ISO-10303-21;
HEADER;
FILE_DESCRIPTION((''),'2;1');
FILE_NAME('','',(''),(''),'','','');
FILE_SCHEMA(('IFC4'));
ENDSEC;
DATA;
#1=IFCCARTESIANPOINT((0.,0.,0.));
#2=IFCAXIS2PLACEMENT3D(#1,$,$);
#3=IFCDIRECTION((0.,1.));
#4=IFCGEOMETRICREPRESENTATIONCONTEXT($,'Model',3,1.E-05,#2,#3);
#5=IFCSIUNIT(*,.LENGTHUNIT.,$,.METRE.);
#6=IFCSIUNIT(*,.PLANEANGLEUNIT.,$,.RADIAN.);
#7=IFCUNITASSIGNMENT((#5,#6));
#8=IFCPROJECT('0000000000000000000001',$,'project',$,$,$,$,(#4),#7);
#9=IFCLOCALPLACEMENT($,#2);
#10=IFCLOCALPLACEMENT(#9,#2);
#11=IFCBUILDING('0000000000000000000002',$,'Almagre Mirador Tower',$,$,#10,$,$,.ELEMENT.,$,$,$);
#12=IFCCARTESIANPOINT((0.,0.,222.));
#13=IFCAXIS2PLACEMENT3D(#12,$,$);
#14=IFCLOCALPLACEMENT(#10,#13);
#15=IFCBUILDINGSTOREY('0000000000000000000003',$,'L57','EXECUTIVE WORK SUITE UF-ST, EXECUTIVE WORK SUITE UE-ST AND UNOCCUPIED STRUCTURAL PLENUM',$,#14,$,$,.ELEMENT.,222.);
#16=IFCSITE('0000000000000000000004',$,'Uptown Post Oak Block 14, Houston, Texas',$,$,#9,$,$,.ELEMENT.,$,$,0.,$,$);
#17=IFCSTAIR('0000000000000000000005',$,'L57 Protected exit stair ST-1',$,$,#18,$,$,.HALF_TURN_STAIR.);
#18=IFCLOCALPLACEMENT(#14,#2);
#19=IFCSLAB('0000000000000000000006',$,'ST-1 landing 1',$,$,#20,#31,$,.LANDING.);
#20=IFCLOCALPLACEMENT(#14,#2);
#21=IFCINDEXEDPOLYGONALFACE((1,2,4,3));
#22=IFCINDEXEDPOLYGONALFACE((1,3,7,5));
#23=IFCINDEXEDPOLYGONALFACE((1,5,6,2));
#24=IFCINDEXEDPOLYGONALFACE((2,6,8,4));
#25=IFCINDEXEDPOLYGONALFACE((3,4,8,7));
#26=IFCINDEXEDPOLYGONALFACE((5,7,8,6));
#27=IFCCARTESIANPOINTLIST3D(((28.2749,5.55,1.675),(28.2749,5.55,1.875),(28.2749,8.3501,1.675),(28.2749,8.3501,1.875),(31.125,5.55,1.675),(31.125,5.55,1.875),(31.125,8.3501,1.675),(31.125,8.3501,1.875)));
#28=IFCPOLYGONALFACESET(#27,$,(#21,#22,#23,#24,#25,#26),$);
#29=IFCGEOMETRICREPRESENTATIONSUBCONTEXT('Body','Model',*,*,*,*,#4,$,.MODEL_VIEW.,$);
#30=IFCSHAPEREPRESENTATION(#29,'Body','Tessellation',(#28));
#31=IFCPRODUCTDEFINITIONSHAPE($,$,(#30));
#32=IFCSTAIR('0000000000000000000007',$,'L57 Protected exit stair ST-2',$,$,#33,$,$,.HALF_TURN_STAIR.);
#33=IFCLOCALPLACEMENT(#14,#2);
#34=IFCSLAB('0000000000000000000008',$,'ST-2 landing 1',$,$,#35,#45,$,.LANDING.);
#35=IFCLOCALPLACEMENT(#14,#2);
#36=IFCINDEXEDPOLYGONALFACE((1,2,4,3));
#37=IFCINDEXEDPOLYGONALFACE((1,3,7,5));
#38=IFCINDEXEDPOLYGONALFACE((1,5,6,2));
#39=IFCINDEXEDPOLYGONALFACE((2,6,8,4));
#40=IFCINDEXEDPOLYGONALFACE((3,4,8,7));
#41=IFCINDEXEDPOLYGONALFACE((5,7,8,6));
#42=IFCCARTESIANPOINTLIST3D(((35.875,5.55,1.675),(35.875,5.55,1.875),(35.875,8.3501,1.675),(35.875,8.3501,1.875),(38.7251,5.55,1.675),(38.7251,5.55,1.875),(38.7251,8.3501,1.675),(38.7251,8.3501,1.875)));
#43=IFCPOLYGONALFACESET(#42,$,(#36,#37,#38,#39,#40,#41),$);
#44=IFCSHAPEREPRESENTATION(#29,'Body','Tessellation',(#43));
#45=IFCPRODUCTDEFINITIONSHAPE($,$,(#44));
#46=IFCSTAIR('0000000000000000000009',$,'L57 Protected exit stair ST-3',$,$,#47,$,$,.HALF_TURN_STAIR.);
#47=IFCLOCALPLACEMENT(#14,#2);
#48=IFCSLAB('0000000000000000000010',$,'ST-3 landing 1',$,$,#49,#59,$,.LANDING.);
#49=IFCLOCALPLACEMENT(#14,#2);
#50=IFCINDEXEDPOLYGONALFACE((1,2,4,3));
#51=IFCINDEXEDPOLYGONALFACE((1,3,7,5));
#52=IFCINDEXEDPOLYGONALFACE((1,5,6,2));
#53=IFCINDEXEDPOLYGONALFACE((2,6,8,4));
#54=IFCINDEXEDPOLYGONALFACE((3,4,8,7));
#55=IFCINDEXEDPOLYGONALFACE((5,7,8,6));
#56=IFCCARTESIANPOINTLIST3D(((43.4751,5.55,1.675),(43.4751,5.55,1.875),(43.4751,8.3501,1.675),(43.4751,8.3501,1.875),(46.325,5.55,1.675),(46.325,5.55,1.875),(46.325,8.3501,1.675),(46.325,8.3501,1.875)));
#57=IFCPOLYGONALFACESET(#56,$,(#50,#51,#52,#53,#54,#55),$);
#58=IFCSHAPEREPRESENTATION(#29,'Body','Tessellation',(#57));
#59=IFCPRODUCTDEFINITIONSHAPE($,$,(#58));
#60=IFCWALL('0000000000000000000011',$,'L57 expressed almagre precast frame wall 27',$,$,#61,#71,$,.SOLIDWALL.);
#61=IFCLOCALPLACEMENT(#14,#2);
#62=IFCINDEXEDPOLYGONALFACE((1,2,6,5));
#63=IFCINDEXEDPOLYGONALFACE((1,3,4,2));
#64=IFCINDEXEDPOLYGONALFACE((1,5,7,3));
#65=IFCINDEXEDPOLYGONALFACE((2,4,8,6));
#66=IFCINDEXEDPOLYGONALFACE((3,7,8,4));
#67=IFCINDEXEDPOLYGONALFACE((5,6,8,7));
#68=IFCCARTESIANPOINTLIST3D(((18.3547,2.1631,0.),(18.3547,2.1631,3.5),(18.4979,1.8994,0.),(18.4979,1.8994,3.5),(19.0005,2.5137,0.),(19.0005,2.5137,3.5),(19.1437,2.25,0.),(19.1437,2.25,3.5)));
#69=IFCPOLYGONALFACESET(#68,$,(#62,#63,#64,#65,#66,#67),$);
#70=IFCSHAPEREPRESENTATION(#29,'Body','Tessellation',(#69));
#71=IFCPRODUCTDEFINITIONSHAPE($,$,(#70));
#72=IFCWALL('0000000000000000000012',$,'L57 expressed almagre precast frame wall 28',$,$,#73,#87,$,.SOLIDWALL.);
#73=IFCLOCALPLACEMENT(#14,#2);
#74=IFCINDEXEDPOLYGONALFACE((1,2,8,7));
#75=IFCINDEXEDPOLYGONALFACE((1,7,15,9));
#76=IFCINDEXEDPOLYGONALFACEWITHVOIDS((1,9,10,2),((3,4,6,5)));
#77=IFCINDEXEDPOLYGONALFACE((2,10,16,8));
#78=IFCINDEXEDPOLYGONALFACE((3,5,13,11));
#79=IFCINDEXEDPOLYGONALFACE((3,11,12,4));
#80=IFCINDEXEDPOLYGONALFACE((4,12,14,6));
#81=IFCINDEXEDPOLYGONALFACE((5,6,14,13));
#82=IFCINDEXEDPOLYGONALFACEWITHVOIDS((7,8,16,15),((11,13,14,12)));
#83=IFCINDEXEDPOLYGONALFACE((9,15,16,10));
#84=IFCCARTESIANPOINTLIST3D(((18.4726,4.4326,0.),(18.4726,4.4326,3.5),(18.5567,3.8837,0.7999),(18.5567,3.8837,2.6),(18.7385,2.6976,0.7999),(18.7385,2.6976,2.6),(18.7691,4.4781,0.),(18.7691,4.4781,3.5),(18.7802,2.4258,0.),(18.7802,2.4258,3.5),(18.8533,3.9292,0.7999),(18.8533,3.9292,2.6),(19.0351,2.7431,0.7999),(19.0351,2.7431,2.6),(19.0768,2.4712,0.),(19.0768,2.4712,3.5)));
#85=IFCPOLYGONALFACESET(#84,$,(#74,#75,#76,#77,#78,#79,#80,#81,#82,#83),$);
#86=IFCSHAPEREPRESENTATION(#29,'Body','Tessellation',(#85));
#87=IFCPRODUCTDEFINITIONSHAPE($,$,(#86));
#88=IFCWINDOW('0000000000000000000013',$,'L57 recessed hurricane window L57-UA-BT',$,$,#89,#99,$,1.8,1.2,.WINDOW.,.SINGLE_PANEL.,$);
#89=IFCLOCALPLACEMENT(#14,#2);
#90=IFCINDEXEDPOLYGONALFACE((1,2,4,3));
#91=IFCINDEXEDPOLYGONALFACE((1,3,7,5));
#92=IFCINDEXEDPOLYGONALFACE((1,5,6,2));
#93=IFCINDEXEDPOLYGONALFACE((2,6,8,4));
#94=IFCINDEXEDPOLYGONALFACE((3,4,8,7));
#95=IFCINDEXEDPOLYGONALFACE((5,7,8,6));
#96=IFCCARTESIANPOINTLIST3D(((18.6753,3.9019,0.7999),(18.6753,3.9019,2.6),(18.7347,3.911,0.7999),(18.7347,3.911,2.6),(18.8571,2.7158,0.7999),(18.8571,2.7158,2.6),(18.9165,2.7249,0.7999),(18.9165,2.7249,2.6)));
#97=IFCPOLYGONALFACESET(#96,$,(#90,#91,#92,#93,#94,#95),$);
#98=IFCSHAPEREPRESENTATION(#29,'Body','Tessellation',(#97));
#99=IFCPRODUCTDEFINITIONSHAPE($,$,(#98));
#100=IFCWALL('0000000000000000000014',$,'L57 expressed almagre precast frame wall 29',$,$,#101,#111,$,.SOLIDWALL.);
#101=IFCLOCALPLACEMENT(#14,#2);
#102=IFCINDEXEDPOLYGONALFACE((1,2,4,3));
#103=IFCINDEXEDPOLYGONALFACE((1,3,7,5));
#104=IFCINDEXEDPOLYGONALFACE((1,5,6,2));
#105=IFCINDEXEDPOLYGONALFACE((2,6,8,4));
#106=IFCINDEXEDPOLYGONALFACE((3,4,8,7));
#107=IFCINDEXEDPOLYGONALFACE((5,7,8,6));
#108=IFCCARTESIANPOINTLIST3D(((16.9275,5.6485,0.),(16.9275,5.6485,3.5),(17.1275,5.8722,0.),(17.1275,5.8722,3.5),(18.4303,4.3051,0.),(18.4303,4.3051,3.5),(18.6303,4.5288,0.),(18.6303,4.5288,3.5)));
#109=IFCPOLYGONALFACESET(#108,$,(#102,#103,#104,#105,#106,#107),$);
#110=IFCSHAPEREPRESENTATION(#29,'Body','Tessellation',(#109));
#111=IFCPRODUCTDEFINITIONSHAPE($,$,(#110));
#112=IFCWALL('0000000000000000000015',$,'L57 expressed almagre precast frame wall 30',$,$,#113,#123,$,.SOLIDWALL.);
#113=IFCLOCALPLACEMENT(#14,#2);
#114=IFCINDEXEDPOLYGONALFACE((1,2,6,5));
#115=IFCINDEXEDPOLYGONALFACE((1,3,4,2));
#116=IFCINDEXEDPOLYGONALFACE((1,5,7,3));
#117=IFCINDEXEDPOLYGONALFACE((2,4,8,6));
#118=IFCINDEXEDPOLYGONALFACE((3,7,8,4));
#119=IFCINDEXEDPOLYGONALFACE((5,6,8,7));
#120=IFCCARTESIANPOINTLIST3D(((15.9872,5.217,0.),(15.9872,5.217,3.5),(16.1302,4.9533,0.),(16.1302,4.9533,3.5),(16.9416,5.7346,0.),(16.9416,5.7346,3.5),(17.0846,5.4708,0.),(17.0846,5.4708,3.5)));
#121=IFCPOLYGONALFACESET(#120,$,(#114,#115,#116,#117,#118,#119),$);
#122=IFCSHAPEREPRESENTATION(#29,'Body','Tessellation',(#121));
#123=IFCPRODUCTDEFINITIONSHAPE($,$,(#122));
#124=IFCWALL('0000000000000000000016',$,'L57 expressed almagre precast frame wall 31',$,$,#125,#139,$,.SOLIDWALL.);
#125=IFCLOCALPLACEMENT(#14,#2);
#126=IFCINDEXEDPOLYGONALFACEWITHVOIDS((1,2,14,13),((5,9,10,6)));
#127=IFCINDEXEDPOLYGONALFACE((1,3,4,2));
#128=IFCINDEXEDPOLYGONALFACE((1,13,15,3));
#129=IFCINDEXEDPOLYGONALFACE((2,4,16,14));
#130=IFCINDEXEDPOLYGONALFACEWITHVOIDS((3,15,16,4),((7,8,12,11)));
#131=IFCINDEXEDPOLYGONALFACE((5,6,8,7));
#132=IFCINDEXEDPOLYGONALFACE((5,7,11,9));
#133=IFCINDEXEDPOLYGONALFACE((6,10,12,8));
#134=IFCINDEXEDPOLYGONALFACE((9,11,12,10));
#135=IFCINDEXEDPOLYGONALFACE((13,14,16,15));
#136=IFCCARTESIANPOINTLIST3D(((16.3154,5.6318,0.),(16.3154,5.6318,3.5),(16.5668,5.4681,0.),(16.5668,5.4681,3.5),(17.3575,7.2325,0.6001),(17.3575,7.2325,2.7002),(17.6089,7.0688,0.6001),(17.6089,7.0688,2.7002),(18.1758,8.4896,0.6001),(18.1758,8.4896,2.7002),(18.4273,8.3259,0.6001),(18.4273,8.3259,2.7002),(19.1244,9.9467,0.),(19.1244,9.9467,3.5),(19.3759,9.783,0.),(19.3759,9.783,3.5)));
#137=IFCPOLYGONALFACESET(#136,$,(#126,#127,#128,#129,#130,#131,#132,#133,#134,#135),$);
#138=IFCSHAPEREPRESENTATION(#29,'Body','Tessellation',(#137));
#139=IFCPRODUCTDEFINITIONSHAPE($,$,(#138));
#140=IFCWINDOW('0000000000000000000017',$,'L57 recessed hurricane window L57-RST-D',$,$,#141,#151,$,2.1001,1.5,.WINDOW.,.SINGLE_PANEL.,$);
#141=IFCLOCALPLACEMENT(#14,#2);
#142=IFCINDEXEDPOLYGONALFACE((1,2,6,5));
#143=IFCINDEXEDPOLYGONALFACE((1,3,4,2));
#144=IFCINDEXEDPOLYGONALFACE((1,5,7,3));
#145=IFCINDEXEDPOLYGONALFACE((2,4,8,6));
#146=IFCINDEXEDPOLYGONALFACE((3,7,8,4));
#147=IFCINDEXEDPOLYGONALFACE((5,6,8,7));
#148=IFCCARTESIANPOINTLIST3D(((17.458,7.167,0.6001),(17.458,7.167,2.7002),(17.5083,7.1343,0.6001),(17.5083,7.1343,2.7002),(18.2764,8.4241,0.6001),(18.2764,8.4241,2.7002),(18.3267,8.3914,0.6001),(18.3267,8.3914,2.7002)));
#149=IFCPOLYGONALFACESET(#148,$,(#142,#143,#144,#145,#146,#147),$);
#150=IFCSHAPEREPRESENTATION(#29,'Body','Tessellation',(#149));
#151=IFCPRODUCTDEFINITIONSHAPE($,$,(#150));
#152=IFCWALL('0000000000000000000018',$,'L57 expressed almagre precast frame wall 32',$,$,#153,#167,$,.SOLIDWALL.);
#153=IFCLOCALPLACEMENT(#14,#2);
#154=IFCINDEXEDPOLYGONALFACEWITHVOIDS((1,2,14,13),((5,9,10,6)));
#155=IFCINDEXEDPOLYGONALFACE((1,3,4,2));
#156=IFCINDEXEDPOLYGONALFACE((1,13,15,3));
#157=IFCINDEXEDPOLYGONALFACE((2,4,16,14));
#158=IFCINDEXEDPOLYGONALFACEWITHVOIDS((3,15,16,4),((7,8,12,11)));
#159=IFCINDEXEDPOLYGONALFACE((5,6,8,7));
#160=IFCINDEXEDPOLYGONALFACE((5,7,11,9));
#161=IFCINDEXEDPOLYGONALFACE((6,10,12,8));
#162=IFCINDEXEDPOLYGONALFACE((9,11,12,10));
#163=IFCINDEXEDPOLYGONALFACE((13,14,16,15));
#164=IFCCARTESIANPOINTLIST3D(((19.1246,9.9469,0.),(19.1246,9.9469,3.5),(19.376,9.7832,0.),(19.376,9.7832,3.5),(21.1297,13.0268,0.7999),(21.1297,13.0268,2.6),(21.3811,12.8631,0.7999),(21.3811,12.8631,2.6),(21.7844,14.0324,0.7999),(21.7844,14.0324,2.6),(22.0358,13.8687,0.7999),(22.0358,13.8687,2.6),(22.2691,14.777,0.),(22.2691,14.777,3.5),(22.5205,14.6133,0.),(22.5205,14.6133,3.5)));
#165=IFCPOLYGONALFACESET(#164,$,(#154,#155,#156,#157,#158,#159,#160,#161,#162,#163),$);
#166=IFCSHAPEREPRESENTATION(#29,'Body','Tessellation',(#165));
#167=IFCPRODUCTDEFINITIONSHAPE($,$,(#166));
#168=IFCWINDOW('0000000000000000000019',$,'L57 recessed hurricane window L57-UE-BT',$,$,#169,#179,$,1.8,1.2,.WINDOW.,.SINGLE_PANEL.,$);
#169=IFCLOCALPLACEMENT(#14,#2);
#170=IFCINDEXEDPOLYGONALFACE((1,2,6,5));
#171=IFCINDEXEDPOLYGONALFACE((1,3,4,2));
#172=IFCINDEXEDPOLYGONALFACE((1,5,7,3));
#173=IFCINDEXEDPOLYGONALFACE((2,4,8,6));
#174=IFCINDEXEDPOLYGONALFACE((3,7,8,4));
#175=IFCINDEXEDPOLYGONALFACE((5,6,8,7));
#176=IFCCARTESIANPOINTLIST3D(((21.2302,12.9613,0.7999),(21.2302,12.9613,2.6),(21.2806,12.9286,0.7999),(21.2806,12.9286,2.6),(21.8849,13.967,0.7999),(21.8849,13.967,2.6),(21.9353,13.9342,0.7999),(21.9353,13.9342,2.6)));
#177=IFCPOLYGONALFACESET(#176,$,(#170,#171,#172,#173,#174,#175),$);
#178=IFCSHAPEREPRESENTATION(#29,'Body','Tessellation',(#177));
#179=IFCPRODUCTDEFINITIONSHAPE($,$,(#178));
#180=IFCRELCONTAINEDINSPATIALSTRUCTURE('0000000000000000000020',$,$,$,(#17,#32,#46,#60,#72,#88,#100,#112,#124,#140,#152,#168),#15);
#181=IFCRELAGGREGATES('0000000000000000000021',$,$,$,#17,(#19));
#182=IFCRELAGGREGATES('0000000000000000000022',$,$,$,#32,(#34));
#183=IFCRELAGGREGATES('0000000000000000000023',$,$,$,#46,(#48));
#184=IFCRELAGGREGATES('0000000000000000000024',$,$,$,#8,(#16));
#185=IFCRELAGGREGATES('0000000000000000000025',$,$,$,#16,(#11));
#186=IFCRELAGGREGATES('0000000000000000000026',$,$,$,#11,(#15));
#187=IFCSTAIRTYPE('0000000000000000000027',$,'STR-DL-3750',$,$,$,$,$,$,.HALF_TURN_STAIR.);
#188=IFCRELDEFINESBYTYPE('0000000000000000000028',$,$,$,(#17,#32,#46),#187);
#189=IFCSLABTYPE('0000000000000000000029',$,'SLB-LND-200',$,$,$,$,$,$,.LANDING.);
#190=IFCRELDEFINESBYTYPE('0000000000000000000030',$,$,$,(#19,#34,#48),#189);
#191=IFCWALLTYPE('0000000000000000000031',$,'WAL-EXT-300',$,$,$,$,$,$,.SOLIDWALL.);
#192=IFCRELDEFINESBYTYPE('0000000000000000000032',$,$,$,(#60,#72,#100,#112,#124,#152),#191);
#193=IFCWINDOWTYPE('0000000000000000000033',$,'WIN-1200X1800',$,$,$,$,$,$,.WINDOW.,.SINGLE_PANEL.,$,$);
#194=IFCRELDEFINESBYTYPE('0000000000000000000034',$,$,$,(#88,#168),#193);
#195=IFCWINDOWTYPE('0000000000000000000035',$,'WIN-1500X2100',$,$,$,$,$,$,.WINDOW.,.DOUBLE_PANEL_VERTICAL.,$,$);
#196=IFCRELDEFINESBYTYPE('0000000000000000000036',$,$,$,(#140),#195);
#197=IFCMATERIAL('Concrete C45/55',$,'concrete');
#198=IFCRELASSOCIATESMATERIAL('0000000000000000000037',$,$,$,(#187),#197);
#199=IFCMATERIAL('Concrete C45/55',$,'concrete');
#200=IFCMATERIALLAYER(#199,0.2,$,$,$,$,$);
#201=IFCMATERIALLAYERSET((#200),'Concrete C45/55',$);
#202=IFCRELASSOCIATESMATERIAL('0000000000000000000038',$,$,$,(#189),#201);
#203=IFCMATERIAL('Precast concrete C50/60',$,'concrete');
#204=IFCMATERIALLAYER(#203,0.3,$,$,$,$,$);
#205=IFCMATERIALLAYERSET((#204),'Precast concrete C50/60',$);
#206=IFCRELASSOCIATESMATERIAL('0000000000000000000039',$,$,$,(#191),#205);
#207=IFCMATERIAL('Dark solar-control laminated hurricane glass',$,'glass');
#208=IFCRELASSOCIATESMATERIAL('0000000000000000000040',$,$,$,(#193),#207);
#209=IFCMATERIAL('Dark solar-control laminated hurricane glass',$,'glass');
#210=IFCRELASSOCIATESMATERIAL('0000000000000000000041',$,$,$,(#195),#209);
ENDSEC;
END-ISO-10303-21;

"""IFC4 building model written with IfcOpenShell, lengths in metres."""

from ifc_helpers import new_model, si_unit, direction, frame, frame_2d, origin, place, context, subcontext, project, spatial, polyline, rectangle, outline, extrude, material, layer, layer_set, type_object, element, fill, aggregate, save


model = new_model("IFC4")

# Units and contexts
model_context = context("Model", 3, precision=1e-05, world=origin(), true_north=direction((0.0, 1.0)))
body_context = subcontext(model_context, "Body", "Model", "MODEL_VIEW")
ifc_project = project(units=[si_unit("LENGTHUNIT", "METRE"), si_unit("PLANEANGLEUNIT", "RADIAN")], contexts=[model_context])

# Site, building, storey
site_placement = place(None, origin())
site = spatial("IfcSite", under=ifc_project, at=site_placement, Name="Uptown Post Oak Block 14, Houston, Texas", CompositionType="ELEMENT", RefElevation=0.0)
building_placement = place(site_placement, origin())
building = spatial("IfcBuilding", under=site, at=building_placement, Name="Almagre Mirador Tower", CompositionType="ELEMENT")
storey_placement = place(building_placement, frame((0.0, 0.0, 222.0)))
storey = spatial("IfcBuildingStorey", under=building, at=storey_placement, Name="L57", Description="EXECUTIVE WORK SUITE UF-ST, EXECUTIVE WORK SUITE UE-ST AND UNOCCUPIED STRUCTURAL PLENUM", CompositionType="ELEMENT", Elevation=222.0)

# Stairs, slabs
ifc_material_1 = material(Name="Concrete C45/55", Category="concrete")
stair_type = type_object("IfcStairType", Name="STR-DL-3750", PredefinedType="HALF_TURN_STAIR", material=ifc_material_1)
stair_1_placement = place(storey_placement, origin())
stair_1 = element("IfcStair", 1, at=stair_1_placement, inside=storey, type_object=stair_type, Name="L57 Protected exit stair ST-1", PredefinedType="HALF_TURN_STAIR")
ifc_material_2 = material(Name="Concrete C45/55", Category="concrete")
ifc_layer_1 = layer(ifc_material_2, 0.2)
ifc_layer_set_1 = layer_set([ifc_layer_1], Name="Concrete C45/55")
slab_type_1 = type_object("IfcSlabType", Name="SLB-LND-200", PredefinedType="LANDING", material=ifc_layer_set_1)
slab_1_placement = place(storey_placement, frame((0.0, 0.0, 1.675)))
slab_1 = element("IfcSlab", 2, at=slab_1_placement, type_object=slab_type_1, Name="ST-1 landing 1", PredefinedType="LANDING", context=body_context, shape_type="SweptSolid", body=[
    extrude(outline(polyline([(28.2749, 8.3501), (28.2749, 5.55), (31.125, 5.55), (31.125, 8.3501), (28.2749, 8.3501)])), origin(), (0.0, 0.0, 1.0), 0.2),
])
aggregate(stair_1, [slab_1])
stair_2_placement = place(storey_placement, origin())
stair_2 = element("IfcStair", 3, at=stair_2_placement, inside=storey, type_object=stair_type, Name="L57 Protected exit stair ST-2", PredefinedType="HALF_TURN_STAIR")
slab_2_placement = place(storey_placement, frame((0.0, 0.0, 1.675)))
slab_2 = element("IfcSlab", 4, at=slab_2_placement, type_object=slab_type_1, Name="ST-2 landing 1", PredefinedType="LANDING", context=body_context, shape_type="SweptSolid", body=[
    extrude(outline(polyline([(35.875, 8.3501), (35.875, 5.55), (38.7251, 5.55), (38.7251, 8.3501), (35.875, 8.3501)])), origin(), (0.0, 0.0, 1.0), 0.2),
])
aggregate(stair_2, [slab_2])
stair_3_placement = place(storey_placement, origin())
stair_3 = element("IfcStair", 5, at=stair_3_placement, inside=storey, type_object=stair_type, Name="L57 Protected exit stair ST-3", PredefinedType="HALF_TURN_STAIR")
slab_3_placement = place(storey_placement, frame((0.0, 0.0, 1.675)))
slab_3 = element("IfcSlab", 6, at=slab_3_placement, type_object=slab_type_1, Name="ST-3 landing 1", PredefinedType="LANDING", context=body_context, shape_type="SweptSolid", body=[
    extrude(outline(polyline([(43.4751, 8.3501), (43.4751, 5.55), (46.325, 5.55), (46.325, 8.3501), (43.4751, 8.3501)])), origin(), (0.0, 0.0, 1.0), 0.2),
])
aggregate(stair_3, [slab_3])

# Wall
ifc_material_3 = material(Name="Precast concrete C50/60", Category="concrete")
ifc_layer_2 = layer(ifc_material_3, 0.3)
ifc_layer_set_2 = layer_set([ifc_layer_2], Name="Precast concrete C50/60")
wall_type = type_object("IfcWallType", Name="WAL-EXT-300", PredefinedType="SOLIDWALL", material=ifc_layer_set_2)
wall_1_placement = place(storey_placement, frame((18.4263, 2.0312, 0.0), z_axis=(0.0, 0.0, 1.0), x_axis=(0.878834, 0.477129, 0.0)))
element("IfcWall", 7, at=wall_1_placement, inside=storey, type_object=wall_type, Name="L57 expressed almagre precast frame wall 27", PredefinedType="SOLIDWALL", context=body_context, shape_type="SweptSolid", body=[
    extrude(rectangle(XDim=0.7349, YDim=0.3, at=frame_2d((0.3674, 0.0))), origin(), (0.0, 0.0, 1.0), 3.5),
])

# Wall, opening, window
wall_2_placement = place(storey_placement, frame((18.9285, 2.4485, 0.0), z_axis=(0.0, 0.0, 1.0), x_axis=(-0.151515, 0.988455, 0.0)))
wall_2 = element("IfcWall", 8, at=wall_2_placement, inside=storey, type_object=wall_type, Name="L57 expressed almagre precast frame wall 28", PredefinedType="SOLIDWALL", context=body_context, shape_type="SweptSolid", body=[
    extrude(rectangle(XDim=2.0303, YDim=0.3, at=frame_2d((1.0151, 0.0))), origin(), (0.0, 0.0, 1.0), 3.5),
])
opening_1_placement = place(wall_2_placement, frame((0.2749, 0.0, 0.8)))
opening_1 = element("IfcOpeningElement", 9, at=opening_1_placement, cuts=wall_2, PredefinedType="OPENING", context=body_context, shape_type="SweptSolid", body=[
    extrude(rectangle(XDim=1.2, YDim=1.8, at=frame_2d((0.6001, 0.8999))), frame((0.0, 0.1599, 0.0), z_axis=(0.0, -1.0, 0.0), x_axis=(1.0, 0.0, 0.0)), (0.0, 0.0, 1.0), 0.32),
])
ifc_material_4 = material(Name="Dark solar-control laminated hurricane glass", Category="glass")
window_type_1 = type_object("IfcWindowType", Name="WIN-1200X1800", PartitioningType="SINGLE_PANEL", PredefinedType="WINDOW", material=ifc_material_4)
window_1_placement = place(opening_1_placement, origin())
window_1 = element("IfcWindow", 10, at=window_1_placement, inside=storey, type_object=window_type_1, Name="L57 recessed hurricane window L57-UA-BT", OverallHeight=1.8, OverallWidth=1.2, PartitioningType="SINGLE_PANEL", PredefinedType="WINDOW", context=body_context, shape_type="SweptSolid", body=[
    extrude(rectangle(XDim=1.2, YDim=1.8, at=frame_2d((0.6001, 0.8999))), frame((0.0, 0.03, 0.0), z_axis=(0.0, -1.0, 0.0), x_axis=(1.0, 0.0, 0.0)), (0.0, 0.0, 1.0), 0.0601),
])
fill(opening_1, window_1)

# Walls
wall_3_placement = place(storey_placement, frame((18.5303, 4.417, 0.0), z_axis=(0.0, 0.0, 1.0), x_axis=(-0.745549, 0.666451, 0.0)))
element("IfcWall", 11, at=wall_3_placement, inside=storey, type_object=wall_type, Name="L57 expressed almagre precast frame wall 29", PredefinedType="SOLIDWALL", context=body_context, shape_type="SweptSolid", body=[
    extrude(rectangle(XDim=2.0156, YDim=0.3, at=frame_2d((1.0078, 0.0))), origin(), (0.0, 0.0, 1.0), 3.5),
])
wall_4_placement = place(storey_placement, frame((17.0132, 5.6028, 0.0), z_axis=(0.0, 0.0, 1.0), x_axis=(-0.879045, -0.476739, 0.0)))
element("IfcWall", 12, at=wall_4_placement, inside=storey, type_object=wall_type, Name="L57 expressed almagre precast frame wall 30", PredefinedType="SOLIDWALL", context=body_context, shape_type="SweptSolid", body=[
    extrude(rectangle(XDim=1.0857, YDim=0.3, at=frame_2d((0.543, 0.0))), origin(), (0.0, 0.0, 1.0), 3.5),
])

# Walls, openings, windows
wall_5_placement = place(storey_placement, frame((16.4412, 5.55, 0.0), z_axis=(0.0, 0.0, 1.0), x_axis=(0.545585, 0.838056, 0.0)))
wall_5 = element("IfcWall", 13, at=wall_5_placement, inside=storey, type_object=wall_type, Name="L57 expressed almagre precast frame wall 31", PredefinedType="SOLIDWALL", context=body_context, shape_type="SweptSolid", body=[
    extrude(rectangle(XDim=5.1487, YDim=0.3, at=frame_2d((2.5742, 0.0))), origin(), (0.0, 0.0, 1.0), 3.5),
])
opening_2_placement = place(wall_5_placement, frame((1.9099, 0.0, 0.6001)))
opening_2 = element("IfcOpeningElement", 14, at=opening_2_placement, cuts=wall_5, PredefinedType="OPENING", context=body_context, shape_type="SweptSolid", body=[
    extrude(rectangle(XDim=1.5, YDim=2.1001, at=frame_2d((0.75, 1.05))), frame((0.0, 0.1599, 0.0), z_axis=(0.0, -1.0, 0.0), x_axis=(1.0, 0.0, 0.0)), (0.0, 0.0, 1.0), 0.32),
])
ifc_material_5 = material(Name="Dark solar-control laminated hurricane glass", Category="glass")
window_type_2 = type_object("IfcWindowType", Name="WIN-1500X2100", PartitioningType="DOUBLE_PANEL_VERTICAL", PredefinedType="WINDOW", material=ifc_material_5)
window_2_placement = place(opening_2_placement, origin())
window_2 = element("IfcWindow", 15, at=window_2_placement, inside=storey, type_object=window_type_2, Name="L57 recessed hurricane window L57-RST-D", OverallHeight=2.1001, OverallWidth=1.5, PartitioningType="SINGLE_PANEL", PredefinedType="WINDOW", context=body_context, shape_type="SweptSolid", body=[
    extrude(rectangle(XDim=1.5, YDim=2.1001, at=frame_2d((0.75, 1.05))), frame((0.0, 0.03, 0.0), z_axis=(0.0, -1.0, 0.0), x_axis=(1.0, 0.0, 0.0)), (0.0, 0.0, 1.0), 0.0601),
])
fill(opening_2, window_2)
wall_6_placement = place(storey_placement, frame((19.2502, 9.865, 0.0), z_axis=(0.0, 0.0, 1.0), x_axis=(0.545596, 0.838049, 0.0)))
wall_6 = element("IfcWall", 16, at=wall_6_placement, inside=storey, type_object=wall_type, Name="L57 expressed almagre precast frame wall 32", PredefinedType="SOLIDWALL", context=body_context, shape_type="SweptSolid", body=[
    extrude(rectangle(XDim=5.7634, YDim=0.3, at=frame_2d((2.8818, 0.0))), origin(), (0.0, 0.0, 1.0), 3.5),
])
opening_3_placement = place(wall_6_placement, frame((3.675, 0.0, 0.8)))
opening_3 = element("IfcOpeningElement", 17, at=opening_3_placement, cuts=wall_6, PredefinedType="OPENING", context=body_context, shape_type="SweptSolid", body=[
    extrude(rectangle(XDim=1.2, YDim=1.8, at=frame_2d((0.6001, 0.8999))), frame((0.0, 0.1599, 0.0), z_axis=(0.0, -1.0, 0.0), x_axis=(1.0, 0.0, 0.0)), (0.0, 0.0, 1.0), 0.32),
])
window_3_placement = place(opening_3_placement, origin())
window_3 = element("IfcWindow", 18, at=window_3_placement, inside=storey, type_object=window_type_1, Name="L57 recessed hurricane window L57-UE-BT", OverallHeight=1.8, OverallWidth=1.2, PartitioningType="SINGLE_PANEL", PredefinedType="WINDOW", context=body_context, shape_type="SweptSolid", body=[
    extrude(rectangle(XDim=1.2, YDim=1.8, at=frame_2d((0.6001, 0.8999))), frame((0.0, 0.03, 0.0), z_axis=(0.0, -1.0, 0.0), x_axis=(1.0, 0.0, 0.0)), (0.0, 0.0, 1.0), 0.0601),
])
fill(opening_3, window_3)

save(model, "model.ifc")
